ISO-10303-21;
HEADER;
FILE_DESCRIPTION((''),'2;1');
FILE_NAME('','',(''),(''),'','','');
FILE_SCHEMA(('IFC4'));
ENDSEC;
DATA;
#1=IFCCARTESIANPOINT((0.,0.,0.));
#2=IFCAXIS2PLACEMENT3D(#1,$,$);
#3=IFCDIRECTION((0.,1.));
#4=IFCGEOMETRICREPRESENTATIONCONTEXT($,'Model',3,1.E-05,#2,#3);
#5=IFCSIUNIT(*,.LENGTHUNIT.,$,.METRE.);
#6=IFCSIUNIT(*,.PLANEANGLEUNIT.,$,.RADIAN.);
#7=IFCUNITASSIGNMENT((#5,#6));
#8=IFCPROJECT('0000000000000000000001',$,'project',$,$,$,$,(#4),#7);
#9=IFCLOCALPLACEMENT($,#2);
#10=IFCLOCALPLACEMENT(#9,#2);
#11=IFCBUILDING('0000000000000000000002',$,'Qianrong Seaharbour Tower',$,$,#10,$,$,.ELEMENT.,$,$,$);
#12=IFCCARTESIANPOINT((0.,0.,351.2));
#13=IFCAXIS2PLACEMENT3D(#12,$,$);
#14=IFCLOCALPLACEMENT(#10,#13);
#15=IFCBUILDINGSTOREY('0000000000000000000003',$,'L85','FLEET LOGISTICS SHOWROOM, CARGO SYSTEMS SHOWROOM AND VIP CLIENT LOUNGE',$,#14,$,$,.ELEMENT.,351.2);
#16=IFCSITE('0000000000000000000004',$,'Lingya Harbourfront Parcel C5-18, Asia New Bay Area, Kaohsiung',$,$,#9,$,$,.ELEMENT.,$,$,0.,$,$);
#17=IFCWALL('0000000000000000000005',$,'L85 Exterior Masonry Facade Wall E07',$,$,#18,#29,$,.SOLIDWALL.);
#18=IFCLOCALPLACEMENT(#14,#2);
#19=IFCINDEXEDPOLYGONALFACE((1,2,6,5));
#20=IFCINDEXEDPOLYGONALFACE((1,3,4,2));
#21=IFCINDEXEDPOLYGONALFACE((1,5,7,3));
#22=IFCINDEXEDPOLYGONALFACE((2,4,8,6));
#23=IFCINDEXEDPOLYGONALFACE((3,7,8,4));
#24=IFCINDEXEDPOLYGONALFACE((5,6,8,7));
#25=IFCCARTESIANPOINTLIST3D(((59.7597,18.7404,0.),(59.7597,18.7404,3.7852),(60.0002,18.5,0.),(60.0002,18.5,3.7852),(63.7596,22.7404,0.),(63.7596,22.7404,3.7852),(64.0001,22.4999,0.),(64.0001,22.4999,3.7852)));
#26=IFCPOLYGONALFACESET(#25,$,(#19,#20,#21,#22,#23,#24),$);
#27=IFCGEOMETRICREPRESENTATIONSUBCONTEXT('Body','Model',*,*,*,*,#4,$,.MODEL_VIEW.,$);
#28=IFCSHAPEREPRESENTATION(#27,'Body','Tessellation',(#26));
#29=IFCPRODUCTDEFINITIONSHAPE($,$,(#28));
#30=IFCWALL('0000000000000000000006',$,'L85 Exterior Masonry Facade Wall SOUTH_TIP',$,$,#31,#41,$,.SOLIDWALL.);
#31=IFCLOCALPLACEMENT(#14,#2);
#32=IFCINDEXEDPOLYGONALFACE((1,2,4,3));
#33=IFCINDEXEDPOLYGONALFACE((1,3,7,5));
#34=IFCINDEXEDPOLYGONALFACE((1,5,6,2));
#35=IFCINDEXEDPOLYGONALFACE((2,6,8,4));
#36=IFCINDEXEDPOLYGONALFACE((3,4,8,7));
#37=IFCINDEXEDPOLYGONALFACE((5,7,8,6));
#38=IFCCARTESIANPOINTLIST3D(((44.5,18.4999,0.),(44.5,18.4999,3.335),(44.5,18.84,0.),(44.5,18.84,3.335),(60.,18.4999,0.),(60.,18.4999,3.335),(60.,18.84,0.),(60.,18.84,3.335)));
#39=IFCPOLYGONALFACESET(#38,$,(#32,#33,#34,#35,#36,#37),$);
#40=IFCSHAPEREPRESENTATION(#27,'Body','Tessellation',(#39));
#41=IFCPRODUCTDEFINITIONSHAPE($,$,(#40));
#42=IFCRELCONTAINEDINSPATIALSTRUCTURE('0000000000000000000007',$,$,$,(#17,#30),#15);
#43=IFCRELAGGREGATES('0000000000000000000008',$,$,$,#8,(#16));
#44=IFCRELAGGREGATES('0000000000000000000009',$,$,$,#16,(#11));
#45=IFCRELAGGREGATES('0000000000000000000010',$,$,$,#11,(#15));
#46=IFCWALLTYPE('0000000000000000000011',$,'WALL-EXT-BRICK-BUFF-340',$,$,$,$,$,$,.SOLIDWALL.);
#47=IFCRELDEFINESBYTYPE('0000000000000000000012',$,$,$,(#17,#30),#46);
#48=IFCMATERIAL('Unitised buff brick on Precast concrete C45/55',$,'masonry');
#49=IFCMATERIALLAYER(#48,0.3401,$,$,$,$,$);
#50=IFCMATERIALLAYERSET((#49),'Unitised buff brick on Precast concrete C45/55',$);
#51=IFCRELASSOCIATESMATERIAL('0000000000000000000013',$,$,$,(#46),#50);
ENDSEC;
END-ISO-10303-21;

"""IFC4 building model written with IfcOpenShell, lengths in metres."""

from ifc_helpers import new_model, si_unit, direction, frame, frame_2d, origin, place, context, subcontext, project, spatial, rectangle, extrude, material, layer, layer_set, type_object, element, save


model = new_model("IFC4")

# Units and contexts
model_context = context("Model", 3, precision=1e-05, world=origin(), true_north=direction((0.0, 1.0)))
body_context = subcontext(model_context, "Body", "Model", "MODEL_VIEW")
ifc_project = project(units=[si_unit("LENGTHUNIT", "METRE"), si_unit("PLANEANGLEUNIT", "RADIAN")], contexts=[model_context])

# Site, building, storey
site_placement = place(None, origin())
site = spatial("IfcSite", under=ifc_project, at=site_placement, Name="Lingya Harbourfront Parcel C5-18, Asia New Bay Area, Kaohsiung", CompositionType="ELEMENT", RefElevation=0.0)
building_placement = place(site_placement, origin())
building = spatial("IfcBuilding", under=site, at=building_placement, Name="Qianrong Seaharbour Tower", CompositionType="ELEMENT")
storey_placement = place(building_placement, frame((0.0, 0.0, 351.2)))
storey = spatial("IfcBuildingStorey", under=building, at=storey_placement, Name="L85", Description="FLEET LOGISTICS SHOWROOM, CARGO SYSTEMS SHOWROOM AND VIP CLIENT LOUNGE", CompositionType="ELEMENT", Elevation=351.2)

# Walls
ifc_material_1 = material(Name="Unitised buff brick on Precast concrete C45/55", Category="masonry")
ifc_layer_1 = layer(ifc_material_1, 0.3401)
ifc_layer_set_1 = layer_set([ifc_layer_1], Name="Unitised buff brick on Precast concrete C45/55")
wall_type_1 = type_object("IfcWallType", Name="WALL-EXT-BRICK-BUFF-340", PredefinedType="SOLIDWALL", material=ifc_layer_set_1)
wall_1_placement = place(storey_placement, frame((63.8799, 22.6201, 0.0), z_axis=(0.0, 0.0, 1.0), x_axis=(-0.707107, -0.707107, 0.0)))
element("IfcWall", 1, at=wall_1_placement, inside=storey, type_object=wall_type_1, Name="L85 Exterior Masonry Facade Wall E07", PredefinedType="SOLIDWALL", context=body_context, shape_type="SweptSolid", body=[
    extrude(rectangle(XDim=5.6567, YDim=0.3401, at=frame_2d((2.8284, 0.0))), origin(), (0.0, 0.0, 1.0), 3.7852),
])
wall_2_placement = place(storey_placement, frame((60.0, 18.6699, 0.0), z_axis=(0.0, 0.0, 1.0), x_axis=(-1.0, 0.0, 0.0)))
element("IfcWall", 2, at=wall_2_placement, inside=storey, type_object=wall_type_1, Name="L85 Exterior Masonry Facade Wall SOUTH_TIP", PredefinedType="SOLIDWALL", context=body_context, shape_type="SweptSolid", body=[
    extrude(rectangle(XDim=15.5, YDim=0.3401, at=frame_2d((7.75, 0.0))), origin(), (0.0, 0.0, 1.0), 3.335),
])

save(model, "model.ifc")
